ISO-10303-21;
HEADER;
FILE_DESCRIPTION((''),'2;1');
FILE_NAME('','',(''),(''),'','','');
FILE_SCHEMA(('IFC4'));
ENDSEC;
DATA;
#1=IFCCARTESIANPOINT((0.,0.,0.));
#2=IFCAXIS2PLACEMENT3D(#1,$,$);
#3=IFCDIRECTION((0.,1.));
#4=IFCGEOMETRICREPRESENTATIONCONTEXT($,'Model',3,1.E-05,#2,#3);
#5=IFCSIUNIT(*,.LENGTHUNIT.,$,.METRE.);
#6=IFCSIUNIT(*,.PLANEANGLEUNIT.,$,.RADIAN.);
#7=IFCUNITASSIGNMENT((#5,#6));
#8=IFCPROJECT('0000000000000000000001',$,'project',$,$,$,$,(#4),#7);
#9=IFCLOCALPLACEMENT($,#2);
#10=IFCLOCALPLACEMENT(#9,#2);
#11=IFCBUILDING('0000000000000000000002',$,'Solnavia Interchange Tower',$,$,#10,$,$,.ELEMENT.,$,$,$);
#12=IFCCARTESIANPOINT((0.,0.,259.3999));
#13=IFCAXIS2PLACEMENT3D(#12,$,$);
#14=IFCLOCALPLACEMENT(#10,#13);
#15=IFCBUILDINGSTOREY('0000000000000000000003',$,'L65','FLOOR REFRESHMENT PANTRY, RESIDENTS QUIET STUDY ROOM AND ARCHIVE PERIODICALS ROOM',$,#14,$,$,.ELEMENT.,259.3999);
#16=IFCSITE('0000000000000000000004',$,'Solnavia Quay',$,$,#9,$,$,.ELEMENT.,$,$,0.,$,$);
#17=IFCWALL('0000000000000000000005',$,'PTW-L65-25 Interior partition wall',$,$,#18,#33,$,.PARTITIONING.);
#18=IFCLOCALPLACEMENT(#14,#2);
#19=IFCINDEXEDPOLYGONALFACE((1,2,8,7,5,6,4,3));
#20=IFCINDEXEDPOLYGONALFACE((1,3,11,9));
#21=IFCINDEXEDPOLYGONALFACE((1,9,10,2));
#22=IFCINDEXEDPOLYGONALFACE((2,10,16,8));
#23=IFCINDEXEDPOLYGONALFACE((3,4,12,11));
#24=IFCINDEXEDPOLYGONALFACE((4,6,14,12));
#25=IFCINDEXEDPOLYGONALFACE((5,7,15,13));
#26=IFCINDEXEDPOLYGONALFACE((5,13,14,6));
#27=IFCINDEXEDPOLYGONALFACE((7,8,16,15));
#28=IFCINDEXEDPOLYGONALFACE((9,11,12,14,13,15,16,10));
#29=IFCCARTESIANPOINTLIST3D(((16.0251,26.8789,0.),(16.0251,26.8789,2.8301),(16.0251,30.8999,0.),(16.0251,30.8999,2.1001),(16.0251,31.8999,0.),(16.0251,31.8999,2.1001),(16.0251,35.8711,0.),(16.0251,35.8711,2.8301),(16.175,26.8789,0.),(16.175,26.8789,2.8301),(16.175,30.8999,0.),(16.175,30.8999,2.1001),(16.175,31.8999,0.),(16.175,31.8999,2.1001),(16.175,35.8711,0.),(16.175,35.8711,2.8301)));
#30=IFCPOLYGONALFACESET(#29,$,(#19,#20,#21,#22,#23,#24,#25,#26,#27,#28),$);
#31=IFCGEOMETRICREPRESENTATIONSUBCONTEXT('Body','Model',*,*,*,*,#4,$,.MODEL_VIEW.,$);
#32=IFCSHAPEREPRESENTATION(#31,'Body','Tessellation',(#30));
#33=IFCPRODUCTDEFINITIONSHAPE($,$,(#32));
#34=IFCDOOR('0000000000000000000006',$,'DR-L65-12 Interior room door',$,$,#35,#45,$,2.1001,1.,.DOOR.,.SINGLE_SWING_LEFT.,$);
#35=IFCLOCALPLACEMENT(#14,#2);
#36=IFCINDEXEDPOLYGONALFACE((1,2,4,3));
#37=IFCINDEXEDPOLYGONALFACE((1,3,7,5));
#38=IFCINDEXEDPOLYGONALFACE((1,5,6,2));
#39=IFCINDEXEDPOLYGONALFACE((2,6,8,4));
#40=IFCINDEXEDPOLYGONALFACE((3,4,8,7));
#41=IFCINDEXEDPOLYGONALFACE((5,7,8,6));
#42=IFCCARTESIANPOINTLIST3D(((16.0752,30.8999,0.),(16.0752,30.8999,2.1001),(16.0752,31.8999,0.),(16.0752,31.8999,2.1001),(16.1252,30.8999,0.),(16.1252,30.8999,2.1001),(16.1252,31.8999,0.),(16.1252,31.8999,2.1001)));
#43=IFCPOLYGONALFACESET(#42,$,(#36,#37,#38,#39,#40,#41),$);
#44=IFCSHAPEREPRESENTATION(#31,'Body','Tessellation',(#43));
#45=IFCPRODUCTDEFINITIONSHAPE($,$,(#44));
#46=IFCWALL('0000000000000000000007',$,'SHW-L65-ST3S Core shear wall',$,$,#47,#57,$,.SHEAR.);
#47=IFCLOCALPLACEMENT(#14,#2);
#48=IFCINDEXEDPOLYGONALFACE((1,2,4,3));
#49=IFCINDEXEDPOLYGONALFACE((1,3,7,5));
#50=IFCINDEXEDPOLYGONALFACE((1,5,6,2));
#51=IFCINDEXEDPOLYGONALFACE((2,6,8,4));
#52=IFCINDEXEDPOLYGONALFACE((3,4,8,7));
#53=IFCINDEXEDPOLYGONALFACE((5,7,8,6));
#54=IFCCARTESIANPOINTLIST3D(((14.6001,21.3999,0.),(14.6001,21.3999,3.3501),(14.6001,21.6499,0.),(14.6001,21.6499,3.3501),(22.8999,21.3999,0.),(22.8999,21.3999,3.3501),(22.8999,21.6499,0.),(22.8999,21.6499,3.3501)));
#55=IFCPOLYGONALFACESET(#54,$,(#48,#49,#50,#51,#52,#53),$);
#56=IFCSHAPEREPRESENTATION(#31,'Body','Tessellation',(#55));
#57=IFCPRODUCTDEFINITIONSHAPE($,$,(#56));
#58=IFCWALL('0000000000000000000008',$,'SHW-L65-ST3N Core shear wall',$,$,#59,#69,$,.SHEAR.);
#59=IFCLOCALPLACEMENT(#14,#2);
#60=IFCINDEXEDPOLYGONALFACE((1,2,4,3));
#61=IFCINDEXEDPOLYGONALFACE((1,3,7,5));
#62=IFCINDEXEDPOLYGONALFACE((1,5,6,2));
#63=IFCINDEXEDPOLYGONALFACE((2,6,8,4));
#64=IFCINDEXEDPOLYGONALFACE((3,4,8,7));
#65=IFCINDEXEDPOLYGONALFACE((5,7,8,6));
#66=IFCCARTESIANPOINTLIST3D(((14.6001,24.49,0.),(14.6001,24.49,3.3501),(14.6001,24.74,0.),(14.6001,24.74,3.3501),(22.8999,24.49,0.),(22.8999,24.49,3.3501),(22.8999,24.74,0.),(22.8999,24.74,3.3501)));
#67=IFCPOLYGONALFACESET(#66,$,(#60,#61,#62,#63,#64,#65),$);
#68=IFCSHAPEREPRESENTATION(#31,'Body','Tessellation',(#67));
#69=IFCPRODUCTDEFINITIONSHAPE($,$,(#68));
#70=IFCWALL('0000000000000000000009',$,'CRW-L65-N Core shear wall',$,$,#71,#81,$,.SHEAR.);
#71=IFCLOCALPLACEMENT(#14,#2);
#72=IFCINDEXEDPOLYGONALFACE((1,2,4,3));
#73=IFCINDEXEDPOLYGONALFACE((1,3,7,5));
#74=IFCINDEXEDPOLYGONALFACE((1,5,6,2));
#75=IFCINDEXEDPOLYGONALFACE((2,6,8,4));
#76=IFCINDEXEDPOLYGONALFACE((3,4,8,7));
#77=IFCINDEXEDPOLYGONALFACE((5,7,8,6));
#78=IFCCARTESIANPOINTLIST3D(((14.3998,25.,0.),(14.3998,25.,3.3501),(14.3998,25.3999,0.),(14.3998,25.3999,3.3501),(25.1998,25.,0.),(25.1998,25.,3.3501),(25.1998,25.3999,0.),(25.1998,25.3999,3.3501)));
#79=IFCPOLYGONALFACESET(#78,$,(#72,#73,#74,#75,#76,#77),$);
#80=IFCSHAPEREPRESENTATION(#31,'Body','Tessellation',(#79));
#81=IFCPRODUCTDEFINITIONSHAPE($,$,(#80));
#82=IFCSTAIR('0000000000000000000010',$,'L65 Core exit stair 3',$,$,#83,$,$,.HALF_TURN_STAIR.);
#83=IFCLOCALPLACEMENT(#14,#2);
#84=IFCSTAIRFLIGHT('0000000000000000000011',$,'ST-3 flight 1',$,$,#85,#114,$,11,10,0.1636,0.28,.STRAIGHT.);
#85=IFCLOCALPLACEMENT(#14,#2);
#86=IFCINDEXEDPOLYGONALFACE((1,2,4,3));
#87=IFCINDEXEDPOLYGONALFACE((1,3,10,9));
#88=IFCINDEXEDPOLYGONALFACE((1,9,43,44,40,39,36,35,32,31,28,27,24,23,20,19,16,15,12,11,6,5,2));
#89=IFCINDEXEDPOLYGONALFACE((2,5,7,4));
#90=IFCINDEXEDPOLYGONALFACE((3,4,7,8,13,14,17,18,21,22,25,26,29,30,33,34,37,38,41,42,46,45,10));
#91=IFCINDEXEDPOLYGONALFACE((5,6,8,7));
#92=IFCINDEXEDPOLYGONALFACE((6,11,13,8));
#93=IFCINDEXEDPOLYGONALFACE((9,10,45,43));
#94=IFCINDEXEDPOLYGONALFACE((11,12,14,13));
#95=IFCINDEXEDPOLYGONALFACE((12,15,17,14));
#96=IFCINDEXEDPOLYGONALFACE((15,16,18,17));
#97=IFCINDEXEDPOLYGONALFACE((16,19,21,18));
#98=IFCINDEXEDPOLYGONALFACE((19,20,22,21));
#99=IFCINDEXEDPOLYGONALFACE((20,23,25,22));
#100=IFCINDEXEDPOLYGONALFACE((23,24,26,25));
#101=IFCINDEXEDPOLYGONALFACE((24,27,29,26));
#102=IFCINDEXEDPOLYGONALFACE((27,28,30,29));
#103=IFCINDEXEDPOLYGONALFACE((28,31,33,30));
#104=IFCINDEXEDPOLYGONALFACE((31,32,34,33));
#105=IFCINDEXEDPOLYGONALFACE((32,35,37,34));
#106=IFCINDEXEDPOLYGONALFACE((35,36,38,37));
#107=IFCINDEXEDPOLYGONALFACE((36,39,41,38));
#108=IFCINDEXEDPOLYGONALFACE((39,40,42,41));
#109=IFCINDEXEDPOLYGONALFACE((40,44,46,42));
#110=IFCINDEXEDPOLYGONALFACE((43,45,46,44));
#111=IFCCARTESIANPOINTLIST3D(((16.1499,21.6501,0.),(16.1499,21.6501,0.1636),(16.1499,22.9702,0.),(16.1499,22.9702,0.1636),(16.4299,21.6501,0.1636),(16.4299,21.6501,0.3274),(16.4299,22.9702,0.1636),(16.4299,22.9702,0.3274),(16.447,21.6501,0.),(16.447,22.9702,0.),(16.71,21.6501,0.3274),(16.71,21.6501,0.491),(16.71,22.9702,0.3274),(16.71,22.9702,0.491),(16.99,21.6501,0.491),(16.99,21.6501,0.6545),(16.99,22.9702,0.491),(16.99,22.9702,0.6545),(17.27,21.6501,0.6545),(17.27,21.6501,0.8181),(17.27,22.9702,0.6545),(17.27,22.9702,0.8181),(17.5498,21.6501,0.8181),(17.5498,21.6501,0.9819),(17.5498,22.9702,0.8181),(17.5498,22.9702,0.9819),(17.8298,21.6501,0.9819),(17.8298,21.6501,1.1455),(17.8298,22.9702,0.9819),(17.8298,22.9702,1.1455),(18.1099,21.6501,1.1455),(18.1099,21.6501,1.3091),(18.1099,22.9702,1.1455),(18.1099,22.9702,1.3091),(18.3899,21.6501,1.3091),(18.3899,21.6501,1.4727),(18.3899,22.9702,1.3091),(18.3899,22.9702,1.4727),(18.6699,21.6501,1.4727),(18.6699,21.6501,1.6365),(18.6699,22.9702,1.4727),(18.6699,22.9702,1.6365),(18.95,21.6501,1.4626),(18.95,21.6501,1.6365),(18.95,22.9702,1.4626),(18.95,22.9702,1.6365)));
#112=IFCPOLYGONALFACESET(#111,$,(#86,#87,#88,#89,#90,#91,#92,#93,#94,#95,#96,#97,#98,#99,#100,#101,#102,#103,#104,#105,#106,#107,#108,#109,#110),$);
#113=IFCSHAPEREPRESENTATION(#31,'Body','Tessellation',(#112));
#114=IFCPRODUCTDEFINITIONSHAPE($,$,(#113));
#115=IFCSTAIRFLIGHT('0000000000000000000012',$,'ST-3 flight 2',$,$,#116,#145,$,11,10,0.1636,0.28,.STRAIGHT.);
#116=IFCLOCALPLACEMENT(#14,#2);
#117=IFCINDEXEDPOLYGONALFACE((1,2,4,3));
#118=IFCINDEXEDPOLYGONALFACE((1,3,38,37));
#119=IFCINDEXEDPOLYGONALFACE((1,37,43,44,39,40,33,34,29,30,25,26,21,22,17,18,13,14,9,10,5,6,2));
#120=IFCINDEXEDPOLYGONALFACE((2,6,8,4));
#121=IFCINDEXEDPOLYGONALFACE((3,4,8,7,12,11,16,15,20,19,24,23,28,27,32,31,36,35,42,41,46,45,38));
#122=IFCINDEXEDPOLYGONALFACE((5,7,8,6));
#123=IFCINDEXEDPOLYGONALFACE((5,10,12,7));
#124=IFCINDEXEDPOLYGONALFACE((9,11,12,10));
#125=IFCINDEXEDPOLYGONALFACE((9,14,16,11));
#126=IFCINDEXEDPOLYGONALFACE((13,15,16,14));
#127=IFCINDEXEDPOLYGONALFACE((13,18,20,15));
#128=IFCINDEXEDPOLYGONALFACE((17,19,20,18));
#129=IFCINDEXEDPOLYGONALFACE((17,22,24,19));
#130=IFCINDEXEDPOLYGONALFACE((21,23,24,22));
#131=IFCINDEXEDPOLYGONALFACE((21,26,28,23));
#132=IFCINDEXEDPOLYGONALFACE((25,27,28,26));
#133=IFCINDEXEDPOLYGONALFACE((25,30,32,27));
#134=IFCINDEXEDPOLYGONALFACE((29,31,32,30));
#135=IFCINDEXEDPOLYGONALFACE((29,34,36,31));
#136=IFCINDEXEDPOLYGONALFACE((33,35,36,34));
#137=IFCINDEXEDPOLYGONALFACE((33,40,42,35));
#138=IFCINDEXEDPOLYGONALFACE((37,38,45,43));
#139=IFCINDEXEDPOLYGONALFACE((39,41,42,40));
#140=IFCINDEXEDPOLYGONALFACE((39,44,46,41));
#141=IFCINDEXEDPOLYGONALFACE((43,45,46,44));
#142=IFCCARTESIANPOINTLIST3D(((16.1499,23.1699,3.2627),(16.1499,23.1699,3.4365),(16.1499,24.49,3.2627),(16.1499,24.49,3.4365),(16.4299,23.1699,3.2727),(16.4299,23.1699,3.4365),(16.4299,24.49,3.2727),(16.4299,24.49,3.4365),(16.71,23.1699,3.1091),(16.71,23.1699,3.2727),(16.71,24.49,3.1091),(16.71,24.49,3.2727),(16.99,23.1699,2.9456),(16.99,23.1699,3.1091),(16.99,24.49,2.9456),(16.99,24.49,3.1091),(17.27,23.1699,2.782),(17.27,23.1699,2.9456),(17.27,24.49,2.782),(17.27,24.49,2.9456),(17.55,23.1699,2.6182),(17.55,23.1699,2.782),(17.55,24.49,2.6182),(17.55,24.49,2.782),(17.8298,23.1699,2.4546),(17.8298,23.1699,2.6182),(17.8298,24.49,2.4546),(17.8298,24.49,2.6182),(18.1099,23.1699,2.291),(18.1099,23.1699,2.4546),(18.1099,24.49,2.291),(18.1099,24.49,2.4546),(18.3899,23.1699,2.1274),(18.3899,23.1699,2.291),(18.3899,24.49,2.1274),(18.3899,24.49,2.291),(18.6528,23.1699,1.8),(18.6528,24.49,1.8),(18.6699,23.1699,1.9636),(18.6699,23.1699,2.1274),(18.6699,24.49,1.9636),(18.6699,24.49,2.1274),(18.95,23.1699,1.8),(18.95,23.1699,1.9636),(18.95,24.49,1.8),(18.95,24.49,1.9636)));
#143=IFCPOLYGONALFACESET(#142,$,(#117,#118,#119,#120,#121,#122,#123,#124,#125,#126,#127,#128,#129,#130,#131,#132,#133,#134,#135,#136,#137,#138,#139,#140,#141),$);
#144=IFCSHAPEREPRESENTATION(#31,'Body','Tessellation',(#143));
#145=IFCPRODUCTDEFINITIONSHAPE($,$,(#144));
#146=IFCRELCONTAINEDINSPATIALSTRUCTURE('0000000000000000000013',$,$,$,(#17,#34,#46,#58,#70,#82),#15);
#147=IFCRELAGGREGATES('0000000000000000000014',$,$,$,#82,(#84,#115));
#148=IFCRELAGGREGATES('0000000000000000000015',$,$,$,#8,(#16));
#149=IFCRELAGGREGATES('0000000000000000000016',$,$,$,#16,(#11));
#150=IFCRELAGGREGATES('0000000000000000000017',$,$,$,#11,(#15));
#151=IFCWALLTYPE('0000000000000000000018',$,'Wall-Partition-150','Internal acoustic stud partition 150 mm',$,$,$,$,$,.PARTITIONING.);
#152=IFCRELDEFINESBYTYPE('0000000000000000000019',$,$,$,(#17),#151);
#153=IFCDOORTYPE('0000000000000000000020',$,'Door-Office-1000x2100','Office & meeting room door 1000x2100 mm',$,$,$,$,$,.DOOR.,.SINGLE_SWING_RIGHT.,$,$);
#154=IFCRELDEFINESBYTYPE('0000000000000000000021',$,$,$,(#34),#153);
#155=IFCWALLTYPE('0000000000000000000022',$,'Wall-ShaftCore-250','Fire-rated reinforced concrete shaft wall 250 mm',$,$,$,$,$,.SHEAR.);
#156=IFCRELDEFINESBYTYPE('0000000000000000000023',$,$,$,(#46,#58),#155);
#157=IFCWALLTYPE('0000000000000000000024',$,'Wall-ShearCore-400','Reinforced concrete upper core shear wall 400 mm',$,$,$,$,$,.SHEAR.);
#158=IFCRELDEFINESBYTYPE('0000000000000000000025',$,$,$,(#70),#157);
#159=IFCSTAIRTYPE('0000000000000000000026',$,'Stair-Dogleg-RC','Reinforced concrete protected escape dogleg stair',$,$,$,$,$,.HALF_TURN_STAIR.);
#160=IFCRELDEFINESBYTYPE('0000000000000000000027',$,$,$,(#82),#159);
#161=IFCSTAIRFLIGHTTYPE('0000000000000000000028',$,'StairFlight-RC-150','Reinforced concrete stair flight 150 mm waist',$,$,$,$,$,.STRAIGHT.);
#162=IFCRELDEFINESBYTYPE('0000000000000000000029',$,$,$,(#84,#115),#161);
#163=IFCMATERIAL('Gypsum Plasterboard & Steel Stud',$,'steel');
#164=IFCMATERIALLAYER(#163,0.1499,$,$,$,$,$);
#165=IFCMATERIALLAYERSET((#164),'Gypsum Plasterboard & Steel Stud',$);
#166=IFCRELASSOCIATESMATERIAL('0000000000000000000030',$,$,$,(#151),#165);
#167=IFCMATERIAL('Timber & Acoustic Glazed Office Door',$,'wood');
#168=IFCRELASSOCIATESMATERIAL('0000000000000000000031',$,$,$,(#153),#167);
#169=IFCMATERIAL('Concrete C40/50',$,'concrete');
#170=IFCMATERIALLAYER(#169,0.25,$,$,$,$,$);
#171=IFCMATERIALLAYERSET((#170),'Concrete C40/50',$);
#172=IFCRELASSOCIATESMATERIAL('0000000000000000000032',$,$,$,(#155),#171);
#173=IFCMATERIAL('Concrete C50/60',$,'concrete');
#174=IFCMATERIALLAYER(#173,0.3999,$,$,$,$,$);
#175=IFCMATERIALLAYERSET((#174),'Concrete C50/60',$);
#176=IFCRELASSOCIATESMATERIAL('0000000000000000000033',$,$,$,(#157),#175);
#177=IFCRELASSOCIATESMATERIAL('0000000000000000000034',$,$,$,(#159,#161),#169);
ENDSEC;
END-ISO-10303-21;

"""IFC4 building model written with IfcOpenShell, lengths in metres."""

from ifc_helpers import new_model, si_unit, direction, frame, frame_2d, origin, place, context, subcontext, project, spatial, polyline, rectangle, outline, extrude, material, layer, layer_set, type_object, element, fill, aggregate, save


model = new_model("IFC4")

# Units and contexts
model_context = context("Model", 3, precision=1e-05, world=origin(), true_north=direction((0.0, 1.0)))
body_context = subcontext(model_context, "Body", "Model", "MODEL_VIEW")
ifc_project = project(units=[si_unit("LENGTHUNIT", "METRE"), si_unit("PLANEANGLEUNIT", "RADIAN")], contexts=[model_context])

# Site, building, storey
site_placement = place(None, origin())
site = spatial("IfcSite", under=ifc_project, at=site_placement, Name="Solnavia Quay", CompositionType="ELEMENT", RefElevation=0.0)
building_placement = place(site_placement, origin())
building = spatial("IfcBuilding", under=site, at=building_placement, Name="Solnavia Interchange Tower", CompositionType="ELEMENT")
storey_placement = place(building_placement, frame((0.0, 0.0, 259.3999)))
storey = spatial("IfcBuildingStorey", under=building, at=storey_placement, Name="L65", Description="FLOOR REFRESHMENT PANTRY, RESIDENTS QUIET STUDY ROOM AND ARCHIVE PERIODICALS ROOM", CompositionType="ELEMENT", Elevation=259.3999)

# Shared definitions
ifc_material_1 = material(Name="Concrete C50/60", Category="concrete")

# Shared definitions
ifc_material_2 = material(Name="Concrete C40/50", Category="concrete")

# Shared definitions
ifc_material_3 = material(Name="Gypsum Plasterboard & Steel Stud", Category="steel")
ifc_layer_1 = layer(ifc_material_3, 0.1499)
ifc_layer_set_1 = layer_set([ifc_layer_1], Name="Gypsum Plasterboard & Steel Stud")
wall_type_1 = type_object("IfcWallType", Name="Wall-Partition-150", Description="Internal acoustic stud partition 150 mm", PredefinedType="PARTITIONING", material=ifc_layer_set_1)

# Shared definitions
ifc_material_4 = material(Name="Timber & Acoustic Glazed Office Door", Category="wood")
door_type = type_object("IfcDoorType", Name="Door-Office-1000x2100", Description="Office & meeting room door 1000x2100 mm", OperationType="SINGLE_SWING_RIGHT", PredefinedType="DOOR", material=ifc_material_4)

# Wall, opening, door
wall_1_placement = place(storey_placement, frame((16.1001, 26.8789, 0.0), z_axis=(0.0, 0.0, 1.0), x_axis=(0.0, 1.0, 0.0)))
wall_1 = element("IfcWall", 1, at=wall_1_placement, inside=storey, type_object=wall_type_1, Name="PTW-L65-25 Interior partition wall", PredefinedType="PARTITIONING", context=body_context, shape_type="SweptSolid", body=[
    extrude(rectangle(XDim=8.9922, YDim=0.1499, at=frame_2d((4.4961, 0.0))), origin(), (0.0, 0.0, 1.0), 2.8301),
])
opening_1_placement = place(wall_1_placement, frame((4.021, 0.0, 0.0)))
opening_1 = element("IfcOpeningElement", 2, at=opening_1_placement, cuts=wall_1, PredefinedType="OPENING", context=body_context, shape_type="SweptSolid", body=[
    extrude(rectangle(XDim=1.0, YDim=2.1001, at=frame_2d((0.5, 1.05))), frame((0.0, 0.085, 0.0), z_axis=(0.0, -1.0, 0.0), x_axis=(1.0, 0.0, 0.0)), (0.0, 0.0, 1.0), 0.1699),
])
door_1_placement = place(opening_1_placement, origin())
door_1 = element("IfcDoor", 3, at=door_1_placement, inside=storey, type_object=door_type, Name="DR-L65-12 Interior room door", OperationType="SINGLE_SWING_LEFT", OverallHeight=2.1001, OverallWidth=1.0, PredefinedType="DOOR", context=body_context, shape_type="SweptSolid", body=[
    extrude(rectangle(XDim=1.0, YDim=2.1001, at=frame_2d((0.5, 1.05))), frame((0.0, 0.0249, 0.0), z_axis=(0.0, -1.0, 0.0), x_axis=(1.0, 0.0, 0.0)), (0.0, 0.0, 1.0), 0.05),
])
fill(opening_1, door_1)

# Walls
ifc_layer_2 = layer(ifc_material_2, 0.25)
ifc_layer_set_2 = layer_set([ifc_layer_2], Name="Concrete C40/50")
wall_type_2 = type_object("IfcWallType", Name="Wall-ShaftCore-250", Description="Fire-rated reinforced concrete shaft wall 250 mm", PredefinedType="SHEAR", material=ifc_layer_set_2)
for number, where, z_axis, x_axis, name in (
    (4, (14.6001, 21.5249, 0.0), (0.0, 0.0, 1.0), (1.0, 0.0, 0.0), "SHW-L65-ST3S Core shear wall"),
    (5, (14.6001, 24.615, 0.0), (0.0, 0.0, 1.0), (1.0, 0.0, 0.0), "SHW-L65-ST3N Core shear wall"),
):
    element("IfcWall", number, at=place(storey_placement, frame(where, z_axis=z_axis, x_axis=x_axis)), inside=storey, type_object=wall_type_2, Name=name, PredefinedType="SHEAR", context=body_context, shape_type="SweptSolid", body=[
        extrude(rectangle(XDim=8.2998, YDim=0.25, at=frame_2d((4.1499, 0.0))), origin(), (0.0, 0.0, 1.0), 3.3501),
    ])
ifc_layer_3 = layer(ifc_material_1, 0.3999)
ifc_layer_set_3 = layer_set([ifc_layer_3], Name="Concrete C50/60")
wall_type_3 = type_object("IfcWallType", Name="Wall-ShearCore-400", Description="Reinforced concrete upper core shear wall 400 mm", PredefinedType="SHEAR", material=ifc_layer_set_3)
wall_2_placement = place(storey_placement, frame((14.3999, 25.2, 0.0), z_axis=(0.0, 0.0, 1.0), x_axis=(1.0, 0.0, 0.0)))
element("IfcWall", 6, at=wall_2_placement, inside=storey, type_object=wall_type_3, Name="CRW-L65-N Core shear wall", PredefinedType="SHEAR", context=body_context, shape_type="SweptSolid", body=[
    extrude(rectangle(XDim=10.8, YDim=0.3999, at=frame_2d((5.3999, 0.0))), origin(), (0.0, 0.0, 1.0), 3.3501),
])

# Stair, stair flights
stair_type = type_object("IfcStairType", Name="Stair-Dogleg-RC", Description="Reinforced concrete protected escape dogleg stair", PredefinedType="HALF_TURN_STAIR", material=ifc_material_2)
stair_placement = place(storey_placement, origin())
stair = element("IfcStair", 7, at=stair_placement, inside=storey, type_object=stair_type, Name="L65 Core exit stair 3", PredefinedType="HALF_TURN_STAIR")
stair_flight_type = type_object("IfcStairFlightType", Name="StairFlight-RC-150", Description="Reinforced concrete stair flight 150 mm waist", PredefinedType="STRAIGHT", material=ifc_material_2)
stair_flight_1_placement = place(storey_placement, frame((16.1499, 22.3101, 0.0), z_axis=(0.0, 0.0, 1.0), x_axis=(1.0, 0.0, 0.0)))
stair_flight_1 = element("IfcStairFlight", 8, at=stair_flight_1_placement, type_object=stair_flight_type, Name="ST-3 flight 1", NumberOfRisers=11, NumberOfTreads=10, PredefinedType="STRAIGHT", RiserHeight=0.1636, TreadLength=0.28, context=body_context, shape_type="SweptSolid", body=[
    extrude(outline(polyline([(0.0, 0.0), (0.0, 0.1636), (0.28, 0.1636), (0.28, 0.3274), (0.5601, 0.3274), (0.5601, 0.491), (0.8401, 0.491), (0.8401, 0.6545), (1.1201, 0.6545), (1.1201, 0.8181), (1.3999, 0.8181), (1.3999, 0.9819), (1.6799, 0.9819), (1.6799, 1.1455), (1.96, 1.1455), (1.96, 1.3091), (2.24, 1.3091), (2.24, 1.4727), (2.52, 1.4727), (2.52, 1.6365), (2.8, 1.6365), (2.8, 1.8), (2.8, 1.4626), (0.2971, 0.0), (0.0, 0.0)])), frame((0.0, 0.6602, 0.0), z_axis=(0.0, -1.0, 0.0), x_axis=(1.0, 0.0, 0.0)), (0.0, 0.0, 1.0), 1.3201),
])
stair_flight_2_placement = place(storey_placement, frame((18.95, 23.8301, 1.8), z_axis=(0.0, 0.0, 1.0), x_axis=(-1.0, 0.0, 0.0)))
stair_flight_2 = element("IfcStairFlight", 9, at=stair_flight_2_placement, type_object=stair_flight_type, Name="ST-3 flight 2", NumberOfRisers=11, NumberOfTreads=10, PredefinedType="STRAIGHT", RiserHeight=0.1636, TreadLength=0.28, context=body_context, shape_type="SweptSolid", body=[
    extrude(outline(polyline([(0.0, 0.0), (0.0, 0.1636), (0.28, 0.1636), (0.28, 0.3274), (0.5601, 0.3274), (0.5601, 0.491), (0.8401, 0.491), (0.8401, 0.6545), (1.1201, 0.6545), (1.1201, 0.8181), (1.3999, 0.8181), (1.3999, 0.9819), (1.6799, 0.9819), (1.6799, 1.1455), (1.96, 1.1455), (1.96, 1.3091), (2.24, 1.3091), (2.24, 1.4727), (2.52, 1.4727), (2.52, 1.6365), (2.8, 1.6365), (2.8, 1.8), (2.8, 1.4626), (0.2971, 0.0), (0.0, 0.0)])), frame((0.0, 0.6602, 0.0), z_axis=(0.0, -1.0, 0.0), x_axis=(1.0, 0.0, 0.0)), (0.0, 0.0, 1.0), 1.3201),
])
aggregate(stair, [stair_flight_1, stair_flight_2])

save(model, "model.ifc")
